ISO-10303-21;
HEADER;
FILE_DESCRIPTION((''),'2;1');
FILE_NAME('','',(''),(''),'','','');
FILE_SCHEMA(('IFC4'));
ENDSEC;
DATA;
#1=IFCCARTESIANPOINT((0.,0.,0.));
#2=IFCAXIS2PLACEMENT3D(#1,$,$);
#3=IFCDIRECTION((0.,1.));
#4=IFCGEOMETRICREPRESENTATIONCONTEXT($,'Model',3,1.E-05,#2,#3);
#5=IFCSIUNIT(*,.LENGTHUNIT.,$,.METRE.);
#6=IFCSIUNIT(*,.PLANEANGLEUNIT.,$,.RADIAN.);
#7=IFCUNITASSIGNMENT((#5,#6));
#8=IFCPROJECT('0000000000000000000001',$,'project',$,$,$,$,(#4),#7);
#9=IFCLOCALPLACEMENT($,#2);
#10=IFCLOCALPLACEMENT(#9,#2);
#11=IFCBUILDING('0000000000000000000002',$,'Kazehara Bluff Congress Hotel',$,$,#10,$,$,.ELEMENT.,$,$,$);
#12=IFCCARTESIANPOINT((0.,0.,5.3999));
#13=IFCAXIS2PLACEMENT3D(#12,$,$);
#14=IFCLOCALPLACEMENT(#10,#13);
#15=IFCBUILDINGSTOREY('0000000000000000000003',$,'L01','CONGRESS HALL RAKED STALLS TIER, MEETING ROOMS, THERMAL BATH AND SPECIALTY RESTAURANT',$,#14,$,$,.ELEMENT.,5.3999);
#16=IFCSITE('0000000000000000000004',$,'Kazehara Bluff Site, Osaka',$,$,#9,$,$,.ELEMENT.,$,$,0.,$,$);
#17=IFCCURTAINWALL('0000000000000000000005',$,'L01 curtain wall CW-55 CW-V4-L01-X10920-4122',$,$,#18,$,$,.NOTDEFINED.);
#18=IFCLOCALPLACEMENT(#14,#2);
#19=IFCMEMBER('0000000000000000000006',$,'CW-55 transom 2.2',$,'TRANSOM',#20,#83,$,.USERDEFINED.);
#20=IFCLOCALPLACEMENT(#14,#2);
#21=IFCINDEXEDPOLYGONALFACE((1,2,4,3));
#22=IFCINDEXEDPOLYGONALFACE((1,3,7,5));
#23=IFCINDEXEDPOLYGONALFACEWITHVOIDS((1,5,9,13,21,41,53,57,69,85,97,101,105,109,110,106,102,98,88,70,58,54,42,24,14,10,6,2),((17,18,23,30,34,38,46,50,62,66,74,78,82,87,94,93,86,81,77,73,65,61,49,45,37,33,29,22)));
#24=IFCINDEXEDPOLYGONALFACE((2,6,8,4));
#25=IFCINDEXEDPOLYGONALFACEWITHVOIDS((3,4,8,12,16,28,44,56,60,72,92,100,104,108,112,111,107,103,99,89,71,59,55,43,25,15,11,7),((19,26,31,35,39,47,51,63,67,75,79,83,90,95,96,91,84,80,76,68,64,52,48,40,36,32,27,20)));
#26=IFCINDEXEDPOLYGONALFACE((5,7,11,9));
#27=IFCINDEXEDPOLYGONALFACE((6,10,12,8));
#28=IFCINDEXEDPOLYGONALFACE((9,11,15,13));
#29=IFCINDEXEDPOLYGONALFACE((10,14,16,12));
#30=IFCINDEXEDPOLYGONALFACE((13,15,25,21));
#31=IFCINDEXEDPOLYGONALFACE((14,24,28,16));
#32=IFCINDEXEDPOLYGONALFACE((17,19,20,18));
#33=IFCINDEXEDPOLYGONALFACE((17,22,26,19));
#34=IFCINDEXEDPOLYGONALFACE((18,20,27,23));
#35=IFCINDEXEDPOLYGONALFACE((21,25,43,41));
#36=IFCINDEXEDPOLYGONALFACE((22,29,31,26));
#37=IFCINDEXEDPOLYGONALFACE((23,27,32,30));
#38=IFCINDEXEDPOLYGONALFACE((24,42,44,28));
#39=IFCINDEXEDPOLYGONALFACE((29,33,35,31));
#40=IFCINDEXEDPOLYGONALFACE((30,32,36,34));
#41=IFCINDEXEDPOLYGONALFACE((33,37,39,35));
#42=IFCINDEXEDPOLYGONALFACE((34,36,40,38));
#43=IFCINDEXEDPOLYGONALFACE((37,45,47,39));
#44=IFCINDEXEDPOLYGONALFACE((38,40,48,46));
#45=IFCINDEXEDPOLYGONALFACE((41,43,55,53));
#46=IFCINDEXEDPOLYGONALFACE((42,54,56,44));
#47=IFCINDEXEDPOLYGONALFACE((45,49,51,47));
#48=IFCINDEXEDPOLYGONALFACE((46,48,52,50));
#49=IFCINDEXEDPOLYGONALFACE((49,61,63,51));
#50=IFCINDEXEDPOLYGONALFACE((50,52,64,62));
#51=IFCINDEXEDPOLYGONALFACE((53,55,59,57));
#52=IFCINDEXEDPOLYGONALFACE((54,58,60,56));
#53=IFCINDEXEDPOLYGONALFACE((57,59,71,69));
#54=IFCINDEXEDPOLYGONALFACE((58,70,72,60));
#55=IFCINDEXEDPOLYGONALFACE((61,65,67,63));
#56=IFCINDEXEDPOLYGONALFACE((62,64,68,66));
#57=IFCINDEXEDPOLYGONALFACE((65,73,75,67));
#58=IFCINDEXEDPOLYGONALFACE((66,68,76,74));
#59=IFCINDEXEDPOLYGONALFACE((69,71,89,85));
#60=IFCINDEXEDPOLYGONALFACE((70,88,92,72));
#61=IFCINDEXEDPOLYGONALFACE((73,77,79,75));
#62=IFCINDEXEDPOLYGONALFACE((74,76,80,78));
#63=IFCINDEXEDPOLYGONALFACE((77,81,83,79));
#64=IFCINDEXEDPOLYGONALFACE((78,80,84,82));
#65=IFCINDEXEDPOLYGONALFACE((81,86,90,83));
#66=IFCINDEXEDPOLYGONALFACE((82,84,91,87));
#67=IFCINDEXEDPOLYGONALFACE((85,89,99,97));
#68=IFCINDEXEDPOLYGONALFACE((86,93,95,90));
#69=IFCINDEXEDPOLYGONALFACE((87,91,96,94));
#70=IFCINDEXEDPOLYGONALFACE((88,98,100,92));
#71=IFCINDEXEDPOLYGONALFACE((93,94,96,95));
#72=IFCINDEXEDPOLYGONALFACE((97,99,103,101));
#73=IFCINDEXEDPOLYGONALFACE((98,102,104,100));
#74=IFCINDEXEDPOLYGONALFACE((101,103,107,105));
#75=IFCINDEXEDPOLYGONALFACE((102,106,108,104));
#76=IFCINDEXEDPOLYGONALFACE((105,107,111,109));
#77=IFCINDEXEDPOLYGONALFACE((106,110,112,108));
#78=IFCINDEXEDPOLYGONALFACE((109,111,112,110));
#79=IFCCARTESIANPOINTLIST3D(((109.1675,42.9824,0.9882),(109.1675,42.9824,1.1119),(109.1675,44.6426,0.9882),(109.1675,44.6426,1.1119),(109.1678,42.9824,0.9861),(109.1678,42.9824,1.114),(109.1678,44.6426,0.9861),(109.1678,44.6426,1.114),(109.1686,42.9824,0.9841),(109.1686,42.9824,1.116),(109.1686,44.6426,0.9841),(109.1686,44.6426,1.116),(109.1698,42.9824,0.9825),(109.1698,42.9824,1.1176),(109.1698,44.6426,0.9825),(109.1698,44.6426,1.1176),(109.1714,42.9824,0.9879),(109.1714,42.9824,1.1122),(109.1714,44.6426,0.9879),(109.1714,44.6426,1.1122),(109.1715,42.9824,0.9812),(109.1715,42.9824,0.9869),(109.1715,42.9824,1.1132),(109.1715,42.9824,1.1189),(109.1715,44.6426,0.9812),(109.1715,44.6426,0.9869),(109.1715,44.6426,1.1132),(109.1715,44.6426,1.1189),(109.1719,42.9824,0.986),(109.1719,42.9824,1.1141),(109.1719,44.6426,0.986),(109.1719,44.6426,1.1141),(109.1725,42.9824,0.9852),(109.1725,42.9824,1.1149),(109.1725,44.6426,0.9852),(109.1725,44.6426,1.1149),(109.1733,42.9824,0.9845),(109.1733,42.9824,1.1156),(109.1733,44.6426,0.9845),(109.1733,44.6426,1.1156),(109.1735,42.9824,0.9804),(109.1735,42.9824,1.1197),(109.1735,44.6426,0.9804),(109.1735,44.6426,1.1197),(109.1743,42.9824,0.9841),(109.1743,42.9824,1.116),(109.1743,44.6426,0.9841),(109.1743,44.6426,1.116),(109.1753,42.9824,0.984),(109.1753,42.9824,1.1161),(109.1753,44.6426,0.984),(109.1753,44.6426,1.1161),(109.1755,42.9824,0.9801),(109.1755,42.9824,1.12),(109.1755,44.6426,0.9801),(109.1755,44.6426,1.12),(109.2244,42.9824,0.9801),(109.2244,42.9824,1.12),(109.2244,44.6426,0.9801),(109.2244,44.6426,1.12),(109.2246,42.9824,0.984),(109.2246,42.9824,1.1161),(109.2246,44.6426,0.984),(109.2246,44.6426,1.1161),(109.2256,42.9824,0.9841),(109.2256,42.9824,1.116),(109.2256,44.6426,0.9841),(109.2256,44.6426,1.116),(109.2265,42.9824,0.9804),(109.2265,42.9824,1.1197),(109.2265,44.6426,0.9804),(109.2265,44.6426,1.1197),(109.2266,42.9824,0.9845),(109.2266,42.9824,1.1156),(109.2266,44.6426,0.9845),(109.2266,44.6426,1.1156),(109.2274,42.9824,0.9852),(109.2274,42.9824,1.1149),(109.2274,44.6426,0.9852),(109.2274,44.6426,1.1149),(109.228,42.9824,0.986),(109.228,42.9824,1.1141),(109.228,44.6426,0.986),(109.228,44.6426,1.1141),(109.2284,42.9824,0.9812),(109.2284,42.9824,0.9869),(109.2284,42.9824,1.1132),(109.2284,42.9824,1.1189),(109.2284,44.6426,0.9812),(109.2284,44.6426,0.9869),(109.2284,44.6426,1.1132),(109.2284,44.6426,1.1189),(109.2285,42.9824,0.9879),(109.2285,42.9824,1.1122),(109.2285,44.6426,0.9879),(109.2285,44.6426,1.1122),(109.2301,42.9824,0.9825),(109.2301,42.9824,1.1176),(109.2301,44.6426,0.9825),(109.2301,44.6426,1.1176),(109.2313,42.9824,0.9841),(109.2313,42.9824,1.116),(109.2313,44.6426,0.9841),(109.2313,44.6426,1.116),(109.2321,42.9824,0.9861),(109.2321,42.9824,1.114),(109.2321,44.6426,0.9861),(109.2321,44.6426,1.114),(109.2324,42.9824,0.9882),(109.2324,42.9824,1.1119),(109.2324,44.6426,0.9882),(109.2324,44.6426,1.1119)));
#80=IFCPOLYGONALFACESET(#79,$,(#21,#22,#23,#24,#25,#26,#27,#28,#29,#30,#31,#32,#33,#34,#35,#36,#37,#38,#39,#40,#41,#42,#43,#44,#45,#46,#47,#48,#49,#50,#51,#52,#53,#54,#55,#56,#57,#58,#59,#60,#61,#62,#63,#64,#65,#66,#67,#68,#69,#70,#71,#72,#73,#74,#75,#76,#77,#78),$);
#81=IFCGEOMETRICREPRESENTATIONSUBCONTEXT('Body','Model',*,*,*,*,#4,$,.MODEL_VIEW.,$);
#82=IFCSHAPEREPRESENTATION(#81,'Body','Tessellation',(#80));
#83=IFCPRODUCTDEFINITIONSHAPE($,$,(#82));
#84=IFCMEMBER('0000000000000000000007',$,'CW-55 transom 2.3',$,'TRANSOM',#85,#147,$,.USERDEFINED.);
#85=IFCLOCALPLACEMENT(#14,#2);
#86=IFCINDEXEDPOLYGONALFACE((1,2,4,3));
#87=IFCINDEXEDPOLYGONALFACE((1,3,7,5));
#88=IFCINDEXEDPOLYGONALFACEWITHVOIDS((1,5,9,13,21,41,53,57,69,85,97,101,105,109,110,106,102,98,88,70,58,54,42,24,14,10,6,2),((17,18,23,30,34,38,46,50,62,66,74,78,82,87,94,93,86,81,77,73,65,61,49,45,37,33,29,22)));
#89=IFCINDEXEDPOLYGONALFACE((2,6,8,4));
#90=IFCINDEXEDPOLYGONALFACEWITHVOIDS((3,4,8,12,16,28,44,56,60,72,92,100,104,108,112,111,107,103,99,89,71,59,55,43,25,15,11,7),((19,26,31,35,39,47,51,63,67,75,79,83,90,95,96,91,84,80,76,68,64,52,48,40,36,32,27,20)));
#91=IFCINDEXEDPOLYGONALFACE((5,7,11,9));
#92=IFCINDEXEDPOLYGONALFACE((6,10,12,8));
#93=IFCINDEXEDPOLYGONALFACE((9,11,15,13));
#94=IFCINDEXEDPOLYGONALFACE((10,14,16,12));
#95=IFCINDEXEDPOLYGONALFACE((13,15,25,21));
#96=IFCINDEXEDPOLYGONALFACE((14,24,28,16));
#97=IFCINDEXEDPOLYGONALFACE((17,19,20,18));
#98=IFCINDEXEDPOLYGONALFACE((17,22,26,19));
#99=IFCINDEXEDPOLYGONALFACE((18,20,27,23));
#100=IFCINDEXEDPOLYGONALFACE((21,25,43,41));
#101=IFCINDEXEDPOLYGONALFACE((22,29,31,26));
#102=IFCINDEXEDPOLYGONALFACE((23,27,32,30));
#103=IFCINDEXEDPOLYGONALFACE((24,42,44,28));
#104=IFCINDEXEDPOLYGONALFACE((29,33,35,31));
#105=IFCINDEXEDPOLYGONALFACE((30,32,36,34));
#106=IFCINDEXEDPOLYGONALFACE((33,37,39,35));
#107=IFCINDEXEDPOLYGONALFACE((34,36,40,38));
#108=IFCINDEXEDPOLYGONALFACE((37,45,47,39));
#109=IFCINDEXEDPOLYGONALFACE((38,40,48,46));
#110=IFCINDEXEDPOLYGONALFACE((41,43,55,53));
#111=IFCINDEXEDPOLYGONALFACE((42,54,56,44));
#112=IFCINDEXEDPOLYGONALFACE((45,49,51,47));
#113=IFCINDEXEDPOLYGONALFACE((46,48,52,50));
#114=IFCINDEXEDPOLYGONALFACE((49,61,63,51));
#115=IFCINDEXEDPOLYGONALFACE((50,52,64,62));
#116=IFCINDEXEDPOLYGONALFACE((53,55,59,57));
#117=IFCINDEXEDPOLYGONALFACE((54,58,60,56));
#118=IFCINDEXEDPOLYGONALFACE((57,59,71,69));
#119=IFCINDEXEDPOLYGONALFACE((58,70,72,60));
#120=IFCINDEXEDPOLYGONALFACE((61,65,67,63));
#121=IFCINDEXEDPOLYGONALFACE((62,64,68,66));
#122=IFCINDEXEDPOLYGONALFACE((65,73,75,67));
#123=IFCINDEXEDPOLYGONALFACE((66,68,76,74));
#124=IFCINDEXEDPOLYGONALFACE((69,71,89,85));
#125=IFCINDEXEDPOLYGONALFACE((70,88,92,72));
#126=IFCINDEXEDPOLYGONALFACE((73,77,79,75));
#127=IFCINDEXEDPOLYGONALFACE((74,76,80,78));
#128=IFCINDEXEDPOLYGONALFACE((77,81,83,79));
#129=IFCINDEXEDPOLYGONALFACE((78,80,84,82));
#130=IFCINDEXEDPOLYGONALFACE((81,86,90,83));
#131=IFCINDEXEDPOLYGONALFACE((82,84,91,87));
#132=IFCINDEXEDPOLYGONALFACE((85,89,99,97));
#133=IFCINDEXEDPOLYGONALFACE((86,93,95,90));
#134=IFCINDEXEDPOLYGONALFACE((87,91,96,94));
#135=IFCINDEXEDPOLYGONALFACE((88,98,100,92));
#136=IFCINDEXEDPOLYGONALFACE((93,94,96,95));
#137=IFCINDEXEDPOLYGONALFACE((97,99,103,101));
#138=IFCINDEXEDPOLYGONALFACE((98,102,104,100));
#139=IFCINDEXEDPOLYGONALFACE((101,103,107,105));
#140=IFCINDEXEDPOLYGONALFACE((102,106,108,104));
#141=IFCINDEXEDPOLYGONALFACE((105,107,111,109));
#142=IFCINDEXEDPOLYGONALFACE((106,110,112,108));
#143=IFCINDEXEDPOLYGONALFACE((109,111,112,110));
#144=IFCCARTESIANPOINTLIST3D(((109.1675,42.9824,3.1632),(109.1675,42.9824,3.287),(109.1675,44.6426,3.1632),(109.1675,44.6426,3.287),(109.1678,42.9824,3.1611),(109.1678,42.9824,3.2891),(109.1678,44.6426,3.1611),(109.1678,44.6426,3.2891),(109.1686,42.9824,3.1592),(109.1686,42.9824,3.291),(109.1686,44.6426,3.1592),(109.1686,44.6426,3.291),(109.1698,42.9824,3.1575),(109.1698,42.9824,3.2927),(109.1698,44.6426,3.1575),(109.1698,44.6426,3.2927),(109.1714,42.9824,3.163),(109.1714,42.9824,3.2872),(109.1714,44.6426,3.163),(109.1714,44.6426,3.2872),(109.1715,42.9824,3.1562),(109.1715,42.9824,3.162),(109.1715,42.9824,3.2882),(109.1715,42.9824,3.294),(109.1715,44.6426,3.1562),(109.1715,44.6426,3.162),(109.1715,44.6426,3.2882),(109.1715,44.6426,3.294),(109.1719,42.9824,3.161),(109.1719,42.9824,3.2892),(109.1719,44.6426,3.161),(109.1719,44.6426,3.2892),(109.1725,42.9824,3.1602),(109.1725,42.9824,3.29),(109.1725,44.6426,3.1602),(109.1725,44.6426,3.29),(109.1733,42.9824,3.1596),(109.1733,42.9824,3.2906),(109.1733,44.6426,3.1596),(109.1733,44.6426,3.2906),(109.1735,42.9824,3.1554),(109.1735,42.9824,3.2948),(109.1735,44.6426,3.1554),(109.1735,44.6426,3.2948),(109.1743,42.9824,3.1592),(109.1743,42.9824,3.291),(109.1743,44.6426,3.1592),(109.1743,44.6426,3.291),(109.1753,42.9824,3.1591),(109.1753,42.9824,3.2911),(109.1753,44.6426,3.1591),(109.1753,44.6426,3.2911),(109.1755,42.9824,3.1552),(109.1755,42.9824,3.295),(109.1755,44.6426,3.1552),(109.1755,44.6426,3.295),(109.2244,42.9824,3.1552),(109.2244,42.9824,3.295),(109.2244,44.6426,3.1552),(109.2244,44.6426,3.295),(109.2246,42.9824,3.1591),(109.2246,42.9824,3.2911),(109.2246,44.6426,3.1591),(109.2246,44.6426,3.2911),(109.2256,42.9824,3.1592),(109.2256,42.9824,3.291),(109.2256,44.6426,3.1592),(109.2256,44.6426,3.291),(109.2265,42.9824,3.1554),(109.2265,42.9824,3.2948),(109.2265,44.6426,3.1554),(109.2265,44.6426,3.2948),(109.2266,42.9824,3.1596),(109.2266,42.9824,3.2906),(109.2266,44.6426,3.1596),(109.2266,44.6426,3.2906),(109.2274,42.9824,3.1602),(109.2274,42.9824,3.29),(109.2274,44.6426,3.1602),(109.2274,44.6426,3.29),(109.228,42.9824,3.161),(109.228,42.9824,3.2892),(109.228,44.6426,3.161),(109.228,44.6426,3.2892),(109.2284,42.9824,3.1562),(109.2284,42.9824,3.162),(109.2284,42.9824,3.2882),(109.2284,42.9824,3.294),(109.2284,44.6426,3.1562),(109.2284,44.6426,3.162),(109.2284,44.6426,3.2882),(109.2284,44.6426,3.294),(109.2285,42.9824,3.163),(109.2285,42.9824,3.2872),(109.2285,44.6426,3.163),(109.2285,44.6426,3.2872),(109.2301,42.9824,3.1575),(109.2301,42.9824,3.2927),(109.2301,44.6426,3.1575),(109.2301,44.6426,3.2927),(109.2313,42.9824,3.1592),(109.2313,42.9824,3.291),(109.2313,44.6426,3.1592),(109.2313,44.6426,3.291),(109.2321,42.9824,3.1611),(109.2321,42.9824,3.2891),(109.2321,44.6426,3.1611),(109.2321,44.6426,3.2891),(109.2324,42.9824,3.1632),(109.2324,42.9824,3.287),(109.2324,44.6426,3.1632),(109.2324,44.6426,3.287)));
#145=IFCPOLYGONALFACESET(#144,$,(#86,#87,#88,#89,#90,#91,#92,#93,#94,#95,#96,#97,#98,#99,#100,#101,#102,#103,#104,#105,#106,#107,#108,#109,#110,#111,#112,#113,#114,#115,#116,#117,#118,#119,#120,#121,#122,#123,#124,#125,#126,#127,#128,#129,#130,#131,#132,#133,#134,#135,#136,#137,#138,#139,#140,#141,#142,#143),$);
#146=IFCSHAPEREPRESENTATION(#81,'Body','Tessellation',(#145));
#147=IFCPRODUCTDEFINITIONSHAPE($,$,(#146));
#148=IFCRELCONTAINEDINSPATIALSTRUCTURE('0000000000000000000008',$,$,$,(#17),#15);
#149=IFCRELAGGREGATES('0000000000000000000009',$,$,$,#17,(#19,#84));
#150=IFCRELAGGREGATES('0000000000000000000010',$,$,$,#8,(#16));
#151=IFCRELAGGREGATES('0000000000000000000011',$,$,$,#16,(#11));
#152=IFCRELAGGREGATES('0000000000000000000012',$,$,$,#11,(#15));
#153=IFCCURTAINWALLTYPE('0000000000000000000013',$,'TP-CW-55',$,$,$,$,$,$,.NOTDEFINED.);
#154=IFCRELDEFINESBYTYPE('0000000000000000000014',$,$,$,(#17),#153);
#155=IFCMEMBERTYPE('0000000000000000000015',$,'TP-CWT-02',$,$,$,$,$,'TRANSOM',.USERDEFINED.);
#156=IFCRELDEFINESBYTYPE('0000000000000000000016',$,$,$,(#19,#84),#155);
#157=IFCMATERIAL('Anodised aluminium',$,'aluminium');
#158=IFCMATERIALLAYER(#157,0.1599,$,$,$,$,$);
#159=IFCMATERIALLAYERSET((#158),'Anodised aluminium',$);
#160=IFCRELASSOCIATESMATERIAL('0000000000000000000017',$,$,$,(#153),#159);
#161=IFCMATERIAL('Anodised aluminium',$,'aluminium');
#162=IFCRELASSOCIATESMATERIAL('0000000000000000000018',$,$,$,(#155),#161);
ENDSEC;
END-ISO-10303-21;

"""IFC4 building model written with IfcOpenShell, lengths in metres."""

from ifc_helpers import new_model, si_unit, direction, frame, origin, origin_2d, place, context, subcontext, project, spatial, hollow_rectangle, extrude, material, layer, layer_set, material_profile, profile_set, type_object, element, aggregate, save


model = new_model("IFC4")

# Units and contexts
model_context = context("Model", 3, precision=1e-05, world=origin(), true_north=direction((0.0, 1.0)))
body_context = subcontext(model_context, "Body", "Model", "MODEL_VIEW")
ifc_project = project(units=[si_unit("LENGTHUNIT", "METRE"), si_unit("PLANEANGLEUNIT", "RADIAN")], contexts=[model_context])

# Site, building, storey
site_placement = place(None, origin())
site = spatial("IfcSite", under=ifc_project, at=site_placement, Name="Kazehara Bluff Site, Osaka", CompositionType="ELEMENT", RefElevation=0.0)
building_placement = place(site_placement, origin())
building = spatial("IfcBuilding", under=site, at=building_placement, Name="Kazehara Bluff Congress Hotel", CompositionType="ELEMENT")
storey_placement = place(building_placement, frame((0.0, 0.0, 5.3999)))
storey = spatial("IfcBuildingStorey", under=building, at=storey_placement, Name="L01", Description="CONGRESS HALL RAKED STALLS TIER, MEETING ROOMS, THERMAL BATH AND SPECIALTY RESTAURANT", CompositionType="ELEMENT", Elevation=5.3999)

# Curtain wall
ifc_material_1 = material(Name="Anodised aluminium", Category="aluminium")
ifc_layer_1 = layer(ifc_material_1, 0.1599)
ifc_layer_set_1 = layer_set([ifc_layer_1], Name="Anodised aluminium")
curtain_wall_type_1 = type_object("IfcCurtainWallType", Name="TP-CW-55", PredefinedType="NOTDEFINED", material=ifc_layer_set_1)
curtain_wall_1_placement = place(storey_placement, origin())
curtain_wall_1 = element("IfcCurtainWall", 1, at=curtain_wall_1_placement, inside=storey, type_object=curtain_wall_type_1, Name="L01 curtain wall CW-55 CW-V4-L01-X10920-4122", PredefinedType="NOTDEFINED")

# Members
ifc_material_2 = material(Name="Anodised aluminium", Category="aluminium")
ifc_material_profile_1 = material_profile(ifc_material_2, hollow_rectangle(XDim=0.0649, YDim=0.1399, WallThickness=0.0039, InnerFilletRadius=0.0039, OuterFilletRadius=0.0081, at=origin_2d()))
ifc_profile_set_1 = profile_set([ifc_material_profile_1], Name="Anodised aluminium")
member_type_1 = type_object("IfcMemberType", Name="TP-CWT-02", ElementType="TRANSOM", PredefinedType="USERDEFINED", material=ifc_profile_set_1)
member_1_placement = place(storey_placement, frame((109.2, 42.9824, 1.05), z_axis=(0.0, 1.0, 0.0), x_axis=(-1.0, 0.0, 0.0)))
member_1 = element("IfcMember", 2, at=member_1_placement, type_object=member_type_1, Name="CW-55 transom 2.2", ObjectType="TRANSOM", PredefinedType="USERDEFINED", context=body_context, shape_type="SweptSolid", body=[
    extrude(hollow_rectangle(XDim=0.0649, YDim=0.1399, WallThickness=0.0039, InnerFilletRadius=0.0039, OuterFilletRadius=0.0081, at=origin_2d()), origin(), (0.0, 0.0, 1.0), 1.6602),
])
member_2_placement = place(storey_placement, frame((109.2, 42.9824, 3.2251), z_axis=(0.0, 1.0, 0.0), x_axis=(-1.0, 0.0, 0.0)))
member_2 = element("IfcMember", 3, at=member_2_placement, type_object=member_type_1, Name="CW-55 transom 2.3", ObjectType="TRANSOM", PredefinedType="USERDEFINED", context=body_context, shape_type="SweptSolid", body=[
    extrude(hollow_rectangle(XDim=0.0649, YDim=0.1399, WallThickness=0.0039, InnerFilletRadius=0.0039, OuterFilletRadius=0.0081, at=origin_2d()), origin(), (0.0, 0.0, 1.0), 1.6602),
])

aggregate(curtain_wall_1, [member_1, member_2])

save(model, "model.ifc")
